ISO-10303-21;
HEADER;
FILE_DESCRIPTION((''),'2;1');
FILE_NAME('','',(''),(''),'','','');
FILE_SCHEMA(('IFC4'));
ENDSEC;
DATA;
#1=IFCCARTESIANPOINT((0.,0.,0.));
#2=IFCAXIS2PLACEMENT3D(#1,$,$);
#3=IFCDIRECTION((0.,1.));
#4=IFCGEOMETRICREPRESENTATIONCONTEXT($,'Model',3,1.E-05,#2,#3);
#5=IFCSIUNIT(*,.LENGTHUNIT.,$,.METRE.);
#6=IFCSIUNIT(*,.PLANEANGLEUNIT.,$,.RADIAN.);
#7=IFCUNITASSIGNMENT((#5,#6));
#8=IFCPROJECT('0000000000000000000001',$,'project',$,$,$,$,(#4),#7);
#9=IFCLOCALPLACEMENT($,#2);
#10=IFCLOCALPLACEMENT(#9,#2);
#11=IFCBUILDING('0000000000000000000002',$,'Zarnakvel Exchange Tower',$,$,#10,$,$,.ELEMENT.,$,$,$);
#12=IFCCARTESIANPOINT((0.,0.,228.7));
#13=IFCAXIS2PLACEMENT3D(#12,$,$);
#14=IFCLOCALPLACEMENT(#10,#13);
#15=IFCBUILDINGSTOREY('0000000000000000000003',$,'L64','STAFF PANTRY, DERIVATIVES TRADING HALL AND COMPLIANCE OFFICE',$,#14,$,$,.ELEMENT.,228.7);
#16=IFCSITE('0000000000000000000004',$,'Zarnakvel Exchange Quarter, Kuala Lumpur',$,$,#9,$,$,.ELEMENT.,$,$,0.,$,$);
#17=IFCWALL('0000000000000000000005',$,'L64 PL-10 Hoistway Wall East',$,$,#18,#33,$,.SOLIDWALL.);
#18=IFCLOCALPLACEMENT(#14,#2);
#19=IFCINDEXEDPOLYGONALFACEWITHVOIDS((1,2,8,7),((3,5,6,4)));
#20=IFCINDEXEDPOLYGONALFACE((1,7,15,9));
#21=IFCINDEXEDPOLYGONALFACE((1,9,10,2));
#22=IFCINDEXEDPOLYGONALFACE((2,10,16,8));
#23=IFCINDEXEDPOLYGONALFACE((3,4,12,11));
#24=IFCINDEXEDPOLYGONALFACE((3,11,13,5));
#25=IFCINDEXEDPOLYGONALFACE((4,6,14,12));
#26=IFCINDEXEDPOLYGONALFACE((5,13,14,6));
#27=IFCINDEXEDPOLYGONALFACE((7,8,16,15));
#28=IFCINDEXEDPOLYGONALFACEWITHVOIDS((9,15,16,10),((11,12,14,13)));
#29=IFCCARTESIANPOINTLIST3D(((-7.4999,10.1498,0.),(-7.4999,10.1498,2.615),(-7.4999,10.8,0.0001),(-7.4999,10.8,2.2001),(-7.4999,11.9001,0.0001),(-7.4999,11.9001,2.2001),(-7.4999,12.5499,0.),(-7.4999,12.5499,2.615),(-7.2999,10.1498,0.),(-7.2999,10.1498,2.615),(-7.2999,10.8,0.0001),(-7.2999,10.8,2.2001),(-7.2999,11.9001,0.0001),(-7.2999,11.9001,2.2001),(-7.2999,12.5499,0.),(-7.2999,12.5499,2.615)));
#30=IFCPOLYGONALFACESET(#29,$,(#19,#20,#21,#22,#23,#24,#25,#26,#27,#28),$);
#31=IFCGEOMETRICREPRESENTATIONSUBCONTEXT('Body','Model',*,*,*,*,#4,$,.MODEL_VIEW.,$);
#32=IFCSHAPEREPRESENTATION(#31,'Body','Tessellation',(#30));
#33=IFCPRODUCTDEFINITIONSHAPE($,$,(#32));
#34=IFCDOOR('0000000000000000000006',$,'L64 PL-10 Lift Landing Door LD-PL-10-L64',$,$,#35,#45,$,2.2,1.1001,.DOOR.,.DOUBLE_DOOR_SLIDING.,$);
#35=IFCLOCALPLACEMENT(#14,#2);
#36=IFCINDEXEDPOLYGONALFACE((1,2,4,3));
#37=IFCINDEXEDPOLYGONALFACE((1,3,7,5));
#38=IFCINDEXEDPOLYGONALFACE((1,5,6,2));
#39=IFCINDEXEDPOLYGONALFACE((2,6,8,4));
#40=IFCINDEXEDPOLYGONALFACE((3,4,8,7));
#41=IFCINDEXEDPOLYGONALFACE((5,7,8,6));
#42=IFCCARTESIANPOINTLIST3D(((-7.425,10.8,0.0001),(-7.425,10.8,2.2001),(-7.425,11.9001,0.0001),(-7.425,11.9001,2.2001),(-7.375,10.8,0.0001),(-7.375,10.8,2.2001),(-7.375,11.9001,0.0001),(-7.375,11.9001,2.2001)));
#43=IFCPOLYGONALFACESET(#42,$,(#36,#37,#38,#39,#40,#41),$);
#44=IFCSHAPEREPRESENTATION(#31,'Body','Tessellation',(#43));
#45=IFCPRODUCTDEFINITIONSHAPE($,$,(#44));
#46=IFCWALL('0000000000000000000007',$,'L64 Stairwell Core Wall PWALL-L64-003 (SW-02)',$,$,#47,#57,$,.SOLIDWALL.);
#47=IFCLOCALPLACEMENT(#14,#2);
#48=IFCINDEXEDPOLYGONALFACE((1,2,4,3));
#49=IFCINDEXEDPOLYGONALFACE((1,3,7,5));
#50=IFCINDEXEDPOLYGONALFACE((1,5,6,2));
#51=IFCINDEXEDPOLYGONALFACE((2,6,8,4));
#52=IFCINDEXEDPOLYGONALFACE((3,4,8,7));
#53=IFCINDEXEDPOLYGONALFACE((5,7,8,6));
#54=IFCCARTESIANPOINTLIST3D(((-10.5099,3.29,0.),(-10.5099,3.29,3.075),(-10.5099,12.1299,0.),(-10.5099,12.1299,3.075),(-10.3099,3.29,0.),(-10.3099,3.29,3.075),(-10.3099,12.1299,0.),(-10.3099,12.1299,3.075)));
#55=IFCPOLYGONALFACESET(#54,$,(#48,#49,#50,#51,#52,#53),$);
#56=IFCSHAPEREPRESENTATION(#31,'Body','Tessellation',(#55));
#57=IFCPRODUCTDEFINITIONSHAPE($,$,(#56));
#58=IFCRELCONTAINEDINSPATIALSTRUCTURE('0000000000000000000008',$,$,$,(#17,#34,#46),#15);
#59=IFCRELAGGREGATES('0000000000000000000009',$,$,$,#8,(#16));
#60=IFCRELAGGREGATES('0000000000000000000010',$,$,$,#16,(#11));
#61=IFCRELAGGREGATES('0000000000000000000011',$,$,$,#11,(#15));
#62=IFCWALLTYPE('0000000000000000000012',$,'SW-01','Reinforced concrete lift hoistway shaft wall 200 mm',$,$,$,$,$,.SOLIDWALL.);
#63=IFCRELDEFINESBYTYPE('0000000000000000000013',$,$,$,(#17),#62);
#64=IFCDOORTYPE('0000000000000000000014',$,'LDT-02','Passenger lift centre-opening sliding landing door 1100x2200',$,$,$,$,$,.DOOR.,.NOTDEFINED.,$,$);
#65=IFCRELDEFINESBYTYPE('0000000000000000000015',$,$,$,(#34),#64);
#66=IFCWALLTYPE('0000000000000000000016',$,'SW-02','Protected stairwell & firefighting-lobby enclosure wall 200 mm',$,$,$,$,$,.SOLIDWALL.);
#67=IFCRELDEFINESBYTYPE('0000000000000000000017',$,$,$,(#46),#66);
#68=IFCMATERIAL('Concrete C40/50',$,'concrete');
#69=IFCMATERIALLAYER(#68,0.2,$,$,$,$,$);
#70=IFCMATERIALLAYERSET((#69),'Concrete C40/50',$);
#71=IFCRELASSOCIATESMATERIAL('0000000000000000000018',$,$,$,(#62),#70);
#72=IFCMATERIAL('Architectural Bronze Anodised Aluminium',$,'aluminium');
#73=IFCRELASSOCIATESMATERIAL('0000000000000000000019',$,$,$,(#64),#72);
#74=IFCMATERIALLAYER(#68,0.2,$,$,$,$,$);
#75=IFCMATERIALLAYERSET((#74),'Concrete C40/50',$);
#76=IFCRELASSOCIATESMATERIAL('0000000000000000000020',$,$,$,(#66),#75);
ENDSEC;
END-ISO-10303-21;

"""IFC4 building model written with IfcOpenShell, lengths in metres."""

from ifc_helpers import new_model, si_unit, direction, frame, frame_2d, origin, place, context, subcontext, project, spatial, rectangle, extrude, source, transform, mapped, material, layer, layer_set, type_object, element, fill, save


model = new_model("IFC4")

# Units and contexts
model_context = context("Model", 3, precision=1e-05, world=origin(), true_north=direction((0.0, 1.0)))
body_context = subcontext(model_context, "Body", "Model", "MODEL_VIEW")
ifc_project = project(units=[si_unit("LENGTHUNIT", "METRE"), si_unit("PLANEANGLEUNIT", "RADIAN")], contexts=[model_context])

# Site, building, storey
site_placement = place(None, origin())
site = spatial("IfcSite", under=ifc_project, at=site_placement, Name="Zarnakvel Exchange Quarter, Kuala Lumpur", CompositionType="ELEMENT", RefElevation=0.0)
building_placement = place(site_placement, origin())
building = spatial("IfcBuilding", under=site, at=building_placement, Name="Zarnakvel Exchange Tower", CompositionType="ELEMENT")
storey_placement = place(building_placement, frame((0.0, 0.0, 228.7)))
storey = spatial("IfcBuildingStorey", under=building, at=storey_placement, Name="L64", Description="STAFF PANTRY, DERIVATIVES TRADING HALL AND COMPLIANCE OFFICE", CompositionType="ELEMENT", Elevation=228.7)

# Shared definitions
ifc_material_1 = material(Name="Architectural Bronze Anodised Aluminium", Category="aluminium")

# Shared definitions
ifc_material_2 = material(Name="Concrete C40/50", Category="concrete")
ifc_layer_1 = layer(ifc_material_2, 0.2)
ifc_layer_set_1 = layer_set([ifc_layer_1], Name="Concrete C40/50")
wall_type_1 = type_object("IfcWallType", Name="SW-01", Description="Reinforced concrete lift hoistway shaft wall 200 mm", PredefinedType="SOLIDWALL", material=ifc_layer_set_1)
door_type_1 = type_object("IfcDoorType", Name="LDT-02", Description="Passenger lift centre-opening sliding landing door 1100x2200", OperationType="NOTDEFINED", PredefinedType="DOOR", material=ifc_material_1)
shared_shape_1 = source(origin(), body_context, "Body", "SweptSolid", [
    extrude(rectangle(XDim=1.1001, YDim=2.2, at=frame_2d((0.55, 1.1001))), frame((0.0, 0.0249, 0.0), z_axis=(0.0, -1.0, 0.0), x_axis=(1.0, 0.0, 0.0)), (0.0, 0.0, 1.0), 0.05),
])

# Wall, opening, door
wall_1_placement = place(storey_placement, frame((-7.3999, 12.55, 0.0), z_axis=(0.0, 0.0, 1.0), x_axis=(0.0, -1.0, 0.0)))
wall_1 = element("IfcWall", 1, at=wall_1_placement, inside=storey, type_object=wall_type_1, Name="L64 PL-10 Hoistway Wall East", PredefinedType="SOLIDWALL", context=body_context, shape_type="SweptSolid", body=[
    extrude(rectangle(XDim=2.4001, YDim=0.2, at=frame_2d((1.2002, 0.0))), origin(), (0.0, 0.0, 1.0), 2.615),
])
opening_1_placement = place(wall_1_placement, frame((0.6499, 0.0, 0.0)))
opening_1 = element("IfcOpeningElement", 2, at=opening_1_placement, cuts=wall_1, PredefinedType="OPENING", context=body_context, shape_type="SweptSolid", body=[
    extrude(rectangle(XDim=1.1001, YDim=2.2, at=frame_2d((0.55, 1.1001))), frame((0.0, 0.1099, 0.0), z_axis=(0.0, -1.0, 0.0), x_axis=(1.0, 0.0, 0.0)), (0.0, 0.0, 1.0), 0.22),
])
door_1_placement = place(opening_1_placement, origin())
door_1 = element("IfcDoor", 3, at=door_1_placement, inside=storey, type_object=door_type_1, Name="L64 PL-10 Lift Landing Door LD-PL-10-L64", OperationType="DOUBLE_DOOR_SLIDING", OverallHeight=2.2, OverallWidth=1.1001, PredefinedType="DOOR", context=body_context, shape_type="MappedRepresentation", body=[
    mapped(shared_shape_1, transform((0.0, 0.0, 0.0), x_axis=(1.0, 0.0, 0.0), y_axis=(0.0, 1.0, 0.0), z_axis=(0.0, 0.0, 1.0), scale=1.0)),
])
fill(opening_1, door_1)

# Wall
ifc_layer_2 = layer(ifc_material_2, 0.2)
ifc_layer_set_2 = layer_set([ifc_layer_2], Name="Concrete C40/50")
wall_type_2 = type_object("IfcWallType", Name="SW-02", Description="Protected stairwell & firefighting-lobby enclosure wall 200 mm", PredefinedType="SOLIDWALL", material=ifc_layer_set_2)
wall_2_placement = place(storey_placement, frame((-10.4099, 12.1299, 0.0), z_axis=(0.0, 0.0, 1.0), x_axis=(0.0, -1.0, 0.0)))
element("IfcWall", 4, at=wall_2_placement, inside=storey, type_object=wall_type_2, Name="L64 Stairwell Core Wall PWALL-L64-003 (SW-02)", PredefinedType="SOLIDWALL", context=body_context, shape_type="SweptSolid", body=[
    extrude(rectangle(XDim=8.8398, YDim=0.2, at=frame_2d((4.4199, 0.0))), origin(), (0.0, 0.0, 1.0), 3.075),
])

save(model, "model.ifc")
